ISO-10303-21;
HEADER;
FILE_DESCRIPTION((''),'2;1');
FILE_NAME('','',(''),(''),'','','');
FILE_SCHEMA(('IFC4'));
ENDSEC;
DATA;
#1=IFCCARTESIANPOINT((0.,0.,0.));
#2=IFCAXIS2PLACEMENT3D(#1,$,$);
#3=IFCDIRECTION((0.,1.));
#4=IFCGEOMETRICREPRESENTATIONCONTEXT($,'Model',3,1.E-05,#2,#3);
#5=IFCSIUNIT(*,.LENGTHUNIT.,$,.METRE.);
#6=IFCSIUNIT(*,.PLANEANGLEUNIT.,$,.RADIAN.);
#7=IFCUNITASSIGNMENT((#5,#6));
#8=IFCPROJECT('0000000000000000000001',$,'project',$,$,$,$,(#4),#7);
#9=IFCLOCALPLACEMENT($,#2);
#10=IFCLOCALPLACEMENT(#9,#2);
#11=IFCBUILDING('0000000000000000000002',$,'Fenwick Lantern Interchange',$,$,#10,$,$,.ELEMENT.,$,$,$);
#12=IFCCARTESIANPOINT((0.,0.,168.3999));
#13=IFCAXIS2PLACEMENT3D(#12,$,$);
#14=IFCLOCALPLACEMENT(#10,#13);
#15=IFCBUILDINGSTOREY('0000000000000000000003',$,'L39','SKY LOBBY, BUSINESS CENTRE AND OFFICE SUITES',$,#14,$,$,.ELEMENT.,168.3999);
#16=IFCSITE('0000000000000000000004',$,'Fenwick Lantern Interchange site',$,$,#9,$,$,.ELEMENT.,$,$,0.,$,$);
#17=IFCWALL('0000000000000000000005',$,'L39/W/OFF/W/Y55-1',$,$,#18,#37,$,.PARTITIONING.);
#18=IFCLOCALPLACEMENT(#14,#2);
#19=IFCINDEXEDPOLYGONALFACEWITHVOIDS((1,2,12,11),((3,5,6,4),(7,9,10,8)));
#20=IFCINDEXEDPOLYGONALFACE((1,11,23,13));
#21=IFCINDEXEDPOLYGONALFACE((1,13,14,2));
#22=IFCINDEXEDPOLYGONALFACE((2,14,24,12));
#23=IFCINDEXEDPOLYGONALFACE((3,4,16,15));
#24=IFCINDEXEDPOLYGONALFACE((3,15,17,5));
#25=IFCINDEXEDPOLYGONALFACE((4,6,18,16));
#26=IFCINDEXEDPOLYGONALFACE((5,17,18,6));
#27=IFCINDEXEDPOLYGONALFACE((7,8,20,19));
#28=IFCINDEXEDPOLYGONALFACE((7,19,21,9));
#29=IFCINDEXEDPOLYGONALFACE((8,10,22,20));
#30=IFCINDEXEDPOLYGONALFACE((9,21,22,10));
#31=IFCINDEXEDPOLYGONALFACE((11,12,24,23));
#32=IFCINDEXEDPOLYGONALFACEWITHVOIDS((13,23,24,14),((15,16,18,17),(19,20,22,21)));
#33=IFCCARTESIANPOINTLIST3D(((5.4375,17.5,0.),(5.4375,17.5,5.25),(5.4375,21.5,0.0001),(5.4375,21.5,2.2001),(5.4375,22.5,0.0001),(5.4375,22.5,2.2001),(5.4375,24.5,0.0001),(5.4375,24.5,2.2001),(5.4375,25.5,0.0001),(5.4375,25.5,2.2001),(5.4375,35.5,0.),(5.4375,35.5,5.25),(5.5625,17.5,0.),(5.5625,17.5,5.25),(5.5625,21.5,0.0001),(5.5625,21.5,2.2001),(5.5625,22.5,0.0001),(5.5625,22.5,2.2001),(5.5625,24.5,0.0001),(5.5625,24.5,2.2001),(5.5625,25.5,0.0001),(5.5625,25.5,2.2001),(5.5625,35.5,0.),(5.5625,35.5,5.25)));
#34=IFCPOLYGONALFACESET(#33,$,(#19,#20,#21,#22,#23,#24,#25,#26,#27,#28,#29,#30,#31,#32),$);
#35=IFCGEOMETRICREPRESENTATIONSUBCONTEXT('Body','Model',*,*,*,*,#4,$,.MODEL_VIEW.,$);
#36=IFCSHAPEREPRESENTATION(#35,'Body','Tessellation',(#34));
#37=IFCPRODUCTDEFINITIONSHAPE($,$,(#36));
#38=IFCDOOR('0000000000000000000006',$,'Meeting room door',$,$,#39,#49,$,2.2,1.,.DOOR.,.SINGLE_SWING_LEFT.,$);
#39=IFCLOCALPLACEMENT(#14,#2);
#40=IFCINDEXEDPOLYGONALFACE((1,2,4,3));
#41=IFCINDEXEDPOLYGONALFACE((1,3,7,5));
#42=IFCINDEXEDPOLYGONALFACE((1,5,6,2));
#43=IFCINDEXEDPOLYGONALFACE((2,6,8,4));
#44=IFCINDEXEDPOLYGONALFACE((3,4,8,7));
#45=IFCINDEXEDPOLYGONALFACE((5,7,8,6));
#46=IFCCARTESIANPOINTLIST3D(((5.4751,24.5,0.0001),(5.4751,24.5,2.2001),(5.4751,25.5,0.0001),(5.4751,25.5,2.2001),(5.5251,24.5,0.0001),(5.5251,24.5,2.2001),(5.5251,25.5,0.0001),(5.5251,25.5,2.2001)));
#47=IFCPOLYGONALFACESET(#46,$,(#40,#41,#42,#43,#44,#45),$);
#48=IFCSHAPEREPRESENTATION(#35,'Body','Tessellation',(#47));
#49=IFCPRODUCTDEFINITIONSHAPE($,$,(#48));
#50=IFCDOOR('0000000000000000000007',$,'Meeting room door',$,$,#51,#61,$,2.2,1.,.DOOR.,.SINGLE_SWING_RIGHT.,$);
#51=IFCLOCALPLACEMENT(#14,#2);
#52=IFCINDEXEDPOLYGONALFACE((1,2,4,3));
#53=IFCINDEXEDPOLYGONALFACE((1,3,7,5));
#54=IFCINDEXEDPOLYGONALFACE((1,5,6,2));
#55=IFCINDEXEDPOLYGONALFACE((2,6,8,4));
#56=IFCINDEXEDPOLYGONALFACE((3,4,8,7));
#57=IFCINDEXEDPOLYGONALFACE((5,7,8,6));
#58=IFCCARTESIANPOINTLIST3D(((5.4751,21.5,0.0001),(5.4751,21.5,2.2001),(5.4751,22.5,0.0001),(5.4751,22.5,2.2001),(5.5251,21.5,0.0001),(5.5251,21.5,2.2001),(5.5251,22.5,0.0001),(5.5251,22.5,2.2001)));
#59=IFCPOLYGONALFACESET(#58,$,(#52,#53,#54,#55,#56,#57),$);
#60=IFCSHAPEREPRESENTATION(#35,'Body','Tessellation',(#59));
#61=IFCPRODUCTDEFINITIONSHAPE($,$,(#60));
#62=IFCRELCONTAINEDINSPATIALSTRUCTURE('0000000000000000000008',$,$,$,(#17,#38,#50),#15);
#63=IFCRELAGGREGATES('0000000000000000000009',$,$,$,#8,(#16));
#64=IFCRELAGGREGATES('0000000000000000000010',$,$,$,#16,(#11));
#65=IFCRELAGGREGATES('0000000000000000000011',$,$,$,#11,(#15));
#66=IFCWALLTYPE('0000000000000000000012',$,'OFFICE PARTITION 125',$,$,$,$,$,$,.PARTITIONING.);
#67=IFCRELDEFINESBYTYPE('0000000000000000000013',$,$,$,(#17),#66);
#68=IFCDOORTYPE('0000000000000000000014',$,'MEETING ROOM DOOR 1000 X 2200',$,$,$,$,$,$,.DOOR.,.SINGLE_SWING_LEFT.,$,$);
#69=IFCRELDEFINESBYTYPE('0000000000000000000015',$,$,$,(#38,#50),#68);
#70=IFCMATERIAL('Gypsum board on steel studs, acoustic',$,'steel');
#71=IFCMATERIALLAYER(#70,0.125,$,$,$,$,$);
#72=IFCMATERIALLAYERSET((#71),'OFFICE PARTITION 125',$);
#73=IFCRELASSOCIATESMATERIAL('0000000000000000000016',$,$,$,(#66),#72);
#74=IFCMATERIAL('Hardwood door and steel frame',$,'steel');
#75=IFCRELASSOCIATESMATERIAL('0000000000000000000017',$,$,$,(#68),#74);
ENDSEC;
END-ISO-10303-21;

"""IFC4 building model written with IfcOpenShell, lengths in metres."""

from ifc_helpers import new_model, si_unit, direction, frame, frame_2d, origin, place, context, subcontext, project, spatial, rectangle, extrude, material, layer, layer_set, type_object, element, fill, save


model = new_model("IFC4")

# Units and contexts
model_context = context("Model", 3, precision=1e-05, world=origin(), true_north=direction((0.0, 1.0)))
body_context = subcontext(model_context, "Body", "Model", "MODEL_VIEW")
ifc_project = project(units=[si_unit("LENGTHUNIT", "METRE"), si_unit("PLANEANGLEUNIT", "RADIAN")], contexts=[model_context])

# Site, building, storey
site_placement = place(None, origin())
site = spatial("IfcSite", under=ifc_project, at=site_placement, Name="Fenwick Lantern Interchange site", CompositionType="ELEMENT", RefElevation=0.0)
building_placement = place(site_placement, origin())
building = spatial("IfcBuilding", under=site, at=building_placement, Name="Fenwick Lantern Interchange", CompositionType="ELEMENT")
storey_placement = place(building_placement, frame((0.0, 0.0, 168.3999)))
storey = spatial("IfcBuildingStorey", under=building, at=storey_placement, Name="L39", Description="SKY LOBBY, BUSINESS CENTRE AND OFFICE SUITES", CompositionType="ELEMENT", Elevation=168.3999)

# Shared definitions
ifc_material_1 = material(Name="Gypsum board on steel studs, acoustic", Category="steel")
ifc_layer = layer(ifc_material_1, 0.125)
ifc_layer_set = layer_set([ifc_layer], Name="OFFICE PARTITION 125")
wall_type = type_object("IfcWallType", Name="OFFICE PARTITION 125", PredefinedType="PARTITIONING", material=ifc_layer_set)
ifc_material_2 = material(Name="Hardwood door and steel frame", Category="steel")
door_type = type_object("IfcDoorType", Name="MEETING ROOM DOOR 1000 X 2200", OperationType="SINGLE_SWING_LEFT", PredefinedType="DOOR", material=ifc_material_2)

# Wall, openings, doors
wall_1_placement = place(storey_placement, frame((5.5, 35.5, 0.0), z_axis=(0.0, 0.0, 1.0), x_axis=(0.0, -1.0, 0.0)))
wall_1 = element("IfcWall", 1, at=wall_1_placement, inside=storey, type_object=wall_type, Name="L39/W/OFF/W/Y55-1", PredefinedType="PARTITIONING", context=body_context, shape_type="SweptSolid", body=[
    extrude(rectangle(XDim=18.0, YDim=0.125, at=frame_2d((9.0, 0.0))), origin(), (0.0, 0.0, 1.0), 5.25),
])
opening_1_placement = place(wall_1_placement, frame((10.0, 0.0, 0.0)))
opening_1 = element("IfcOpeningElement", 2, at=opening_1_placement, cuts=wall_1, PredefinedType="OPENING", context=body_context, shape_type="SweptSolid", body=[
    extrude(rectangle(XDim=1.0, YDim=2.2, at=frame_2d((0.5, 1.1001))), frame((0.0, 0.0725, 0.0), z_axis=(0.0, -1.0, 0.0), x_axis=(1.0, 0.0, 0.0)), (0.0, 0.0, 1.0), 0.145),
])
opening_2_placement = place(wall_1_placement, frame((13.0, 0.0, 0.0)))
opening_2 = element("IfcOpeningElement", 3, at=opening_2_placement, cuts=wall_1, PredefinedType="OPENING", context=body_context, shape_type="SweptSolid", body=[
    extrude(rectangle(XDim=1.0, YDim=2.2, at=frame_2d((0.5, 1.1001))), frame((0.0, 0.0725, 0.0), z_axis=(0.0, -1.0, 0.0), x_axis=(1.0, 0.0, 0.0)), (0.0, 0.0, 1.0), 0.145),
])
door_1_placement = place(opening_1_placement, frame((1.0, 0.0, 0.0), z_axis=(0.0, 0.0, 1.0), x_axis=(-1.0, 0.0, 0.0)))
door_1 = element("IfcDoor", 4, at=door_1_placement, inside=storey, type_object=door_type, Name="Meeting room door", OperationType="SINGLE_SWING_LEFT", OverallHeight=2.2, OverallWidth=1.0, PredefinedType="DOOR", context=body_context, shape_type="SweptSolid", body=[
    extrude(rectangle(XDim=1.0, YDim=2.2, at=frame_2d((0.5, 1.1001))), frame((0.0, 0.0249, 0.0), z_axis=(0.0, -1.0, 0.0), x_axis=(1.0, 0.0, 0.0)), (0.0, 0.0, 1.0), 0.05),
])
fill(opening_1, door_1)
door_2_placement = place(opening_2_placement, frame((1.0, 0.0, 0.0), z_axis=(0.0, 0.0, 1.0), x_axis=(-1.0, 0.0, 0.0)))
door_2 = element("IfcDoor", 5, at=door_2_placement, inside=storey, type_object=door_type, Name="Meeting room door", OperationType="SINGLE_SWING_RIGHT", OverallHeight=2.2, OverallWidth=1.0, PredefinedType="DOOR", context=body_context, shape_type="SweptSolid", body=[
    extrude(rectangle(XDim=1.0, YDim=2.2, at=frame_2d((0.5, 1.1001))), frame((0.0, 0.0249, 0.0), z_axis=(0.0, -1.0, 0.0), x_axis=(1.0, 0.0, 0.0)), (0.0, 0.0, 1.0), 0.05),
])
fill(opening_2, door_2)

save(model, "model.ifc")
